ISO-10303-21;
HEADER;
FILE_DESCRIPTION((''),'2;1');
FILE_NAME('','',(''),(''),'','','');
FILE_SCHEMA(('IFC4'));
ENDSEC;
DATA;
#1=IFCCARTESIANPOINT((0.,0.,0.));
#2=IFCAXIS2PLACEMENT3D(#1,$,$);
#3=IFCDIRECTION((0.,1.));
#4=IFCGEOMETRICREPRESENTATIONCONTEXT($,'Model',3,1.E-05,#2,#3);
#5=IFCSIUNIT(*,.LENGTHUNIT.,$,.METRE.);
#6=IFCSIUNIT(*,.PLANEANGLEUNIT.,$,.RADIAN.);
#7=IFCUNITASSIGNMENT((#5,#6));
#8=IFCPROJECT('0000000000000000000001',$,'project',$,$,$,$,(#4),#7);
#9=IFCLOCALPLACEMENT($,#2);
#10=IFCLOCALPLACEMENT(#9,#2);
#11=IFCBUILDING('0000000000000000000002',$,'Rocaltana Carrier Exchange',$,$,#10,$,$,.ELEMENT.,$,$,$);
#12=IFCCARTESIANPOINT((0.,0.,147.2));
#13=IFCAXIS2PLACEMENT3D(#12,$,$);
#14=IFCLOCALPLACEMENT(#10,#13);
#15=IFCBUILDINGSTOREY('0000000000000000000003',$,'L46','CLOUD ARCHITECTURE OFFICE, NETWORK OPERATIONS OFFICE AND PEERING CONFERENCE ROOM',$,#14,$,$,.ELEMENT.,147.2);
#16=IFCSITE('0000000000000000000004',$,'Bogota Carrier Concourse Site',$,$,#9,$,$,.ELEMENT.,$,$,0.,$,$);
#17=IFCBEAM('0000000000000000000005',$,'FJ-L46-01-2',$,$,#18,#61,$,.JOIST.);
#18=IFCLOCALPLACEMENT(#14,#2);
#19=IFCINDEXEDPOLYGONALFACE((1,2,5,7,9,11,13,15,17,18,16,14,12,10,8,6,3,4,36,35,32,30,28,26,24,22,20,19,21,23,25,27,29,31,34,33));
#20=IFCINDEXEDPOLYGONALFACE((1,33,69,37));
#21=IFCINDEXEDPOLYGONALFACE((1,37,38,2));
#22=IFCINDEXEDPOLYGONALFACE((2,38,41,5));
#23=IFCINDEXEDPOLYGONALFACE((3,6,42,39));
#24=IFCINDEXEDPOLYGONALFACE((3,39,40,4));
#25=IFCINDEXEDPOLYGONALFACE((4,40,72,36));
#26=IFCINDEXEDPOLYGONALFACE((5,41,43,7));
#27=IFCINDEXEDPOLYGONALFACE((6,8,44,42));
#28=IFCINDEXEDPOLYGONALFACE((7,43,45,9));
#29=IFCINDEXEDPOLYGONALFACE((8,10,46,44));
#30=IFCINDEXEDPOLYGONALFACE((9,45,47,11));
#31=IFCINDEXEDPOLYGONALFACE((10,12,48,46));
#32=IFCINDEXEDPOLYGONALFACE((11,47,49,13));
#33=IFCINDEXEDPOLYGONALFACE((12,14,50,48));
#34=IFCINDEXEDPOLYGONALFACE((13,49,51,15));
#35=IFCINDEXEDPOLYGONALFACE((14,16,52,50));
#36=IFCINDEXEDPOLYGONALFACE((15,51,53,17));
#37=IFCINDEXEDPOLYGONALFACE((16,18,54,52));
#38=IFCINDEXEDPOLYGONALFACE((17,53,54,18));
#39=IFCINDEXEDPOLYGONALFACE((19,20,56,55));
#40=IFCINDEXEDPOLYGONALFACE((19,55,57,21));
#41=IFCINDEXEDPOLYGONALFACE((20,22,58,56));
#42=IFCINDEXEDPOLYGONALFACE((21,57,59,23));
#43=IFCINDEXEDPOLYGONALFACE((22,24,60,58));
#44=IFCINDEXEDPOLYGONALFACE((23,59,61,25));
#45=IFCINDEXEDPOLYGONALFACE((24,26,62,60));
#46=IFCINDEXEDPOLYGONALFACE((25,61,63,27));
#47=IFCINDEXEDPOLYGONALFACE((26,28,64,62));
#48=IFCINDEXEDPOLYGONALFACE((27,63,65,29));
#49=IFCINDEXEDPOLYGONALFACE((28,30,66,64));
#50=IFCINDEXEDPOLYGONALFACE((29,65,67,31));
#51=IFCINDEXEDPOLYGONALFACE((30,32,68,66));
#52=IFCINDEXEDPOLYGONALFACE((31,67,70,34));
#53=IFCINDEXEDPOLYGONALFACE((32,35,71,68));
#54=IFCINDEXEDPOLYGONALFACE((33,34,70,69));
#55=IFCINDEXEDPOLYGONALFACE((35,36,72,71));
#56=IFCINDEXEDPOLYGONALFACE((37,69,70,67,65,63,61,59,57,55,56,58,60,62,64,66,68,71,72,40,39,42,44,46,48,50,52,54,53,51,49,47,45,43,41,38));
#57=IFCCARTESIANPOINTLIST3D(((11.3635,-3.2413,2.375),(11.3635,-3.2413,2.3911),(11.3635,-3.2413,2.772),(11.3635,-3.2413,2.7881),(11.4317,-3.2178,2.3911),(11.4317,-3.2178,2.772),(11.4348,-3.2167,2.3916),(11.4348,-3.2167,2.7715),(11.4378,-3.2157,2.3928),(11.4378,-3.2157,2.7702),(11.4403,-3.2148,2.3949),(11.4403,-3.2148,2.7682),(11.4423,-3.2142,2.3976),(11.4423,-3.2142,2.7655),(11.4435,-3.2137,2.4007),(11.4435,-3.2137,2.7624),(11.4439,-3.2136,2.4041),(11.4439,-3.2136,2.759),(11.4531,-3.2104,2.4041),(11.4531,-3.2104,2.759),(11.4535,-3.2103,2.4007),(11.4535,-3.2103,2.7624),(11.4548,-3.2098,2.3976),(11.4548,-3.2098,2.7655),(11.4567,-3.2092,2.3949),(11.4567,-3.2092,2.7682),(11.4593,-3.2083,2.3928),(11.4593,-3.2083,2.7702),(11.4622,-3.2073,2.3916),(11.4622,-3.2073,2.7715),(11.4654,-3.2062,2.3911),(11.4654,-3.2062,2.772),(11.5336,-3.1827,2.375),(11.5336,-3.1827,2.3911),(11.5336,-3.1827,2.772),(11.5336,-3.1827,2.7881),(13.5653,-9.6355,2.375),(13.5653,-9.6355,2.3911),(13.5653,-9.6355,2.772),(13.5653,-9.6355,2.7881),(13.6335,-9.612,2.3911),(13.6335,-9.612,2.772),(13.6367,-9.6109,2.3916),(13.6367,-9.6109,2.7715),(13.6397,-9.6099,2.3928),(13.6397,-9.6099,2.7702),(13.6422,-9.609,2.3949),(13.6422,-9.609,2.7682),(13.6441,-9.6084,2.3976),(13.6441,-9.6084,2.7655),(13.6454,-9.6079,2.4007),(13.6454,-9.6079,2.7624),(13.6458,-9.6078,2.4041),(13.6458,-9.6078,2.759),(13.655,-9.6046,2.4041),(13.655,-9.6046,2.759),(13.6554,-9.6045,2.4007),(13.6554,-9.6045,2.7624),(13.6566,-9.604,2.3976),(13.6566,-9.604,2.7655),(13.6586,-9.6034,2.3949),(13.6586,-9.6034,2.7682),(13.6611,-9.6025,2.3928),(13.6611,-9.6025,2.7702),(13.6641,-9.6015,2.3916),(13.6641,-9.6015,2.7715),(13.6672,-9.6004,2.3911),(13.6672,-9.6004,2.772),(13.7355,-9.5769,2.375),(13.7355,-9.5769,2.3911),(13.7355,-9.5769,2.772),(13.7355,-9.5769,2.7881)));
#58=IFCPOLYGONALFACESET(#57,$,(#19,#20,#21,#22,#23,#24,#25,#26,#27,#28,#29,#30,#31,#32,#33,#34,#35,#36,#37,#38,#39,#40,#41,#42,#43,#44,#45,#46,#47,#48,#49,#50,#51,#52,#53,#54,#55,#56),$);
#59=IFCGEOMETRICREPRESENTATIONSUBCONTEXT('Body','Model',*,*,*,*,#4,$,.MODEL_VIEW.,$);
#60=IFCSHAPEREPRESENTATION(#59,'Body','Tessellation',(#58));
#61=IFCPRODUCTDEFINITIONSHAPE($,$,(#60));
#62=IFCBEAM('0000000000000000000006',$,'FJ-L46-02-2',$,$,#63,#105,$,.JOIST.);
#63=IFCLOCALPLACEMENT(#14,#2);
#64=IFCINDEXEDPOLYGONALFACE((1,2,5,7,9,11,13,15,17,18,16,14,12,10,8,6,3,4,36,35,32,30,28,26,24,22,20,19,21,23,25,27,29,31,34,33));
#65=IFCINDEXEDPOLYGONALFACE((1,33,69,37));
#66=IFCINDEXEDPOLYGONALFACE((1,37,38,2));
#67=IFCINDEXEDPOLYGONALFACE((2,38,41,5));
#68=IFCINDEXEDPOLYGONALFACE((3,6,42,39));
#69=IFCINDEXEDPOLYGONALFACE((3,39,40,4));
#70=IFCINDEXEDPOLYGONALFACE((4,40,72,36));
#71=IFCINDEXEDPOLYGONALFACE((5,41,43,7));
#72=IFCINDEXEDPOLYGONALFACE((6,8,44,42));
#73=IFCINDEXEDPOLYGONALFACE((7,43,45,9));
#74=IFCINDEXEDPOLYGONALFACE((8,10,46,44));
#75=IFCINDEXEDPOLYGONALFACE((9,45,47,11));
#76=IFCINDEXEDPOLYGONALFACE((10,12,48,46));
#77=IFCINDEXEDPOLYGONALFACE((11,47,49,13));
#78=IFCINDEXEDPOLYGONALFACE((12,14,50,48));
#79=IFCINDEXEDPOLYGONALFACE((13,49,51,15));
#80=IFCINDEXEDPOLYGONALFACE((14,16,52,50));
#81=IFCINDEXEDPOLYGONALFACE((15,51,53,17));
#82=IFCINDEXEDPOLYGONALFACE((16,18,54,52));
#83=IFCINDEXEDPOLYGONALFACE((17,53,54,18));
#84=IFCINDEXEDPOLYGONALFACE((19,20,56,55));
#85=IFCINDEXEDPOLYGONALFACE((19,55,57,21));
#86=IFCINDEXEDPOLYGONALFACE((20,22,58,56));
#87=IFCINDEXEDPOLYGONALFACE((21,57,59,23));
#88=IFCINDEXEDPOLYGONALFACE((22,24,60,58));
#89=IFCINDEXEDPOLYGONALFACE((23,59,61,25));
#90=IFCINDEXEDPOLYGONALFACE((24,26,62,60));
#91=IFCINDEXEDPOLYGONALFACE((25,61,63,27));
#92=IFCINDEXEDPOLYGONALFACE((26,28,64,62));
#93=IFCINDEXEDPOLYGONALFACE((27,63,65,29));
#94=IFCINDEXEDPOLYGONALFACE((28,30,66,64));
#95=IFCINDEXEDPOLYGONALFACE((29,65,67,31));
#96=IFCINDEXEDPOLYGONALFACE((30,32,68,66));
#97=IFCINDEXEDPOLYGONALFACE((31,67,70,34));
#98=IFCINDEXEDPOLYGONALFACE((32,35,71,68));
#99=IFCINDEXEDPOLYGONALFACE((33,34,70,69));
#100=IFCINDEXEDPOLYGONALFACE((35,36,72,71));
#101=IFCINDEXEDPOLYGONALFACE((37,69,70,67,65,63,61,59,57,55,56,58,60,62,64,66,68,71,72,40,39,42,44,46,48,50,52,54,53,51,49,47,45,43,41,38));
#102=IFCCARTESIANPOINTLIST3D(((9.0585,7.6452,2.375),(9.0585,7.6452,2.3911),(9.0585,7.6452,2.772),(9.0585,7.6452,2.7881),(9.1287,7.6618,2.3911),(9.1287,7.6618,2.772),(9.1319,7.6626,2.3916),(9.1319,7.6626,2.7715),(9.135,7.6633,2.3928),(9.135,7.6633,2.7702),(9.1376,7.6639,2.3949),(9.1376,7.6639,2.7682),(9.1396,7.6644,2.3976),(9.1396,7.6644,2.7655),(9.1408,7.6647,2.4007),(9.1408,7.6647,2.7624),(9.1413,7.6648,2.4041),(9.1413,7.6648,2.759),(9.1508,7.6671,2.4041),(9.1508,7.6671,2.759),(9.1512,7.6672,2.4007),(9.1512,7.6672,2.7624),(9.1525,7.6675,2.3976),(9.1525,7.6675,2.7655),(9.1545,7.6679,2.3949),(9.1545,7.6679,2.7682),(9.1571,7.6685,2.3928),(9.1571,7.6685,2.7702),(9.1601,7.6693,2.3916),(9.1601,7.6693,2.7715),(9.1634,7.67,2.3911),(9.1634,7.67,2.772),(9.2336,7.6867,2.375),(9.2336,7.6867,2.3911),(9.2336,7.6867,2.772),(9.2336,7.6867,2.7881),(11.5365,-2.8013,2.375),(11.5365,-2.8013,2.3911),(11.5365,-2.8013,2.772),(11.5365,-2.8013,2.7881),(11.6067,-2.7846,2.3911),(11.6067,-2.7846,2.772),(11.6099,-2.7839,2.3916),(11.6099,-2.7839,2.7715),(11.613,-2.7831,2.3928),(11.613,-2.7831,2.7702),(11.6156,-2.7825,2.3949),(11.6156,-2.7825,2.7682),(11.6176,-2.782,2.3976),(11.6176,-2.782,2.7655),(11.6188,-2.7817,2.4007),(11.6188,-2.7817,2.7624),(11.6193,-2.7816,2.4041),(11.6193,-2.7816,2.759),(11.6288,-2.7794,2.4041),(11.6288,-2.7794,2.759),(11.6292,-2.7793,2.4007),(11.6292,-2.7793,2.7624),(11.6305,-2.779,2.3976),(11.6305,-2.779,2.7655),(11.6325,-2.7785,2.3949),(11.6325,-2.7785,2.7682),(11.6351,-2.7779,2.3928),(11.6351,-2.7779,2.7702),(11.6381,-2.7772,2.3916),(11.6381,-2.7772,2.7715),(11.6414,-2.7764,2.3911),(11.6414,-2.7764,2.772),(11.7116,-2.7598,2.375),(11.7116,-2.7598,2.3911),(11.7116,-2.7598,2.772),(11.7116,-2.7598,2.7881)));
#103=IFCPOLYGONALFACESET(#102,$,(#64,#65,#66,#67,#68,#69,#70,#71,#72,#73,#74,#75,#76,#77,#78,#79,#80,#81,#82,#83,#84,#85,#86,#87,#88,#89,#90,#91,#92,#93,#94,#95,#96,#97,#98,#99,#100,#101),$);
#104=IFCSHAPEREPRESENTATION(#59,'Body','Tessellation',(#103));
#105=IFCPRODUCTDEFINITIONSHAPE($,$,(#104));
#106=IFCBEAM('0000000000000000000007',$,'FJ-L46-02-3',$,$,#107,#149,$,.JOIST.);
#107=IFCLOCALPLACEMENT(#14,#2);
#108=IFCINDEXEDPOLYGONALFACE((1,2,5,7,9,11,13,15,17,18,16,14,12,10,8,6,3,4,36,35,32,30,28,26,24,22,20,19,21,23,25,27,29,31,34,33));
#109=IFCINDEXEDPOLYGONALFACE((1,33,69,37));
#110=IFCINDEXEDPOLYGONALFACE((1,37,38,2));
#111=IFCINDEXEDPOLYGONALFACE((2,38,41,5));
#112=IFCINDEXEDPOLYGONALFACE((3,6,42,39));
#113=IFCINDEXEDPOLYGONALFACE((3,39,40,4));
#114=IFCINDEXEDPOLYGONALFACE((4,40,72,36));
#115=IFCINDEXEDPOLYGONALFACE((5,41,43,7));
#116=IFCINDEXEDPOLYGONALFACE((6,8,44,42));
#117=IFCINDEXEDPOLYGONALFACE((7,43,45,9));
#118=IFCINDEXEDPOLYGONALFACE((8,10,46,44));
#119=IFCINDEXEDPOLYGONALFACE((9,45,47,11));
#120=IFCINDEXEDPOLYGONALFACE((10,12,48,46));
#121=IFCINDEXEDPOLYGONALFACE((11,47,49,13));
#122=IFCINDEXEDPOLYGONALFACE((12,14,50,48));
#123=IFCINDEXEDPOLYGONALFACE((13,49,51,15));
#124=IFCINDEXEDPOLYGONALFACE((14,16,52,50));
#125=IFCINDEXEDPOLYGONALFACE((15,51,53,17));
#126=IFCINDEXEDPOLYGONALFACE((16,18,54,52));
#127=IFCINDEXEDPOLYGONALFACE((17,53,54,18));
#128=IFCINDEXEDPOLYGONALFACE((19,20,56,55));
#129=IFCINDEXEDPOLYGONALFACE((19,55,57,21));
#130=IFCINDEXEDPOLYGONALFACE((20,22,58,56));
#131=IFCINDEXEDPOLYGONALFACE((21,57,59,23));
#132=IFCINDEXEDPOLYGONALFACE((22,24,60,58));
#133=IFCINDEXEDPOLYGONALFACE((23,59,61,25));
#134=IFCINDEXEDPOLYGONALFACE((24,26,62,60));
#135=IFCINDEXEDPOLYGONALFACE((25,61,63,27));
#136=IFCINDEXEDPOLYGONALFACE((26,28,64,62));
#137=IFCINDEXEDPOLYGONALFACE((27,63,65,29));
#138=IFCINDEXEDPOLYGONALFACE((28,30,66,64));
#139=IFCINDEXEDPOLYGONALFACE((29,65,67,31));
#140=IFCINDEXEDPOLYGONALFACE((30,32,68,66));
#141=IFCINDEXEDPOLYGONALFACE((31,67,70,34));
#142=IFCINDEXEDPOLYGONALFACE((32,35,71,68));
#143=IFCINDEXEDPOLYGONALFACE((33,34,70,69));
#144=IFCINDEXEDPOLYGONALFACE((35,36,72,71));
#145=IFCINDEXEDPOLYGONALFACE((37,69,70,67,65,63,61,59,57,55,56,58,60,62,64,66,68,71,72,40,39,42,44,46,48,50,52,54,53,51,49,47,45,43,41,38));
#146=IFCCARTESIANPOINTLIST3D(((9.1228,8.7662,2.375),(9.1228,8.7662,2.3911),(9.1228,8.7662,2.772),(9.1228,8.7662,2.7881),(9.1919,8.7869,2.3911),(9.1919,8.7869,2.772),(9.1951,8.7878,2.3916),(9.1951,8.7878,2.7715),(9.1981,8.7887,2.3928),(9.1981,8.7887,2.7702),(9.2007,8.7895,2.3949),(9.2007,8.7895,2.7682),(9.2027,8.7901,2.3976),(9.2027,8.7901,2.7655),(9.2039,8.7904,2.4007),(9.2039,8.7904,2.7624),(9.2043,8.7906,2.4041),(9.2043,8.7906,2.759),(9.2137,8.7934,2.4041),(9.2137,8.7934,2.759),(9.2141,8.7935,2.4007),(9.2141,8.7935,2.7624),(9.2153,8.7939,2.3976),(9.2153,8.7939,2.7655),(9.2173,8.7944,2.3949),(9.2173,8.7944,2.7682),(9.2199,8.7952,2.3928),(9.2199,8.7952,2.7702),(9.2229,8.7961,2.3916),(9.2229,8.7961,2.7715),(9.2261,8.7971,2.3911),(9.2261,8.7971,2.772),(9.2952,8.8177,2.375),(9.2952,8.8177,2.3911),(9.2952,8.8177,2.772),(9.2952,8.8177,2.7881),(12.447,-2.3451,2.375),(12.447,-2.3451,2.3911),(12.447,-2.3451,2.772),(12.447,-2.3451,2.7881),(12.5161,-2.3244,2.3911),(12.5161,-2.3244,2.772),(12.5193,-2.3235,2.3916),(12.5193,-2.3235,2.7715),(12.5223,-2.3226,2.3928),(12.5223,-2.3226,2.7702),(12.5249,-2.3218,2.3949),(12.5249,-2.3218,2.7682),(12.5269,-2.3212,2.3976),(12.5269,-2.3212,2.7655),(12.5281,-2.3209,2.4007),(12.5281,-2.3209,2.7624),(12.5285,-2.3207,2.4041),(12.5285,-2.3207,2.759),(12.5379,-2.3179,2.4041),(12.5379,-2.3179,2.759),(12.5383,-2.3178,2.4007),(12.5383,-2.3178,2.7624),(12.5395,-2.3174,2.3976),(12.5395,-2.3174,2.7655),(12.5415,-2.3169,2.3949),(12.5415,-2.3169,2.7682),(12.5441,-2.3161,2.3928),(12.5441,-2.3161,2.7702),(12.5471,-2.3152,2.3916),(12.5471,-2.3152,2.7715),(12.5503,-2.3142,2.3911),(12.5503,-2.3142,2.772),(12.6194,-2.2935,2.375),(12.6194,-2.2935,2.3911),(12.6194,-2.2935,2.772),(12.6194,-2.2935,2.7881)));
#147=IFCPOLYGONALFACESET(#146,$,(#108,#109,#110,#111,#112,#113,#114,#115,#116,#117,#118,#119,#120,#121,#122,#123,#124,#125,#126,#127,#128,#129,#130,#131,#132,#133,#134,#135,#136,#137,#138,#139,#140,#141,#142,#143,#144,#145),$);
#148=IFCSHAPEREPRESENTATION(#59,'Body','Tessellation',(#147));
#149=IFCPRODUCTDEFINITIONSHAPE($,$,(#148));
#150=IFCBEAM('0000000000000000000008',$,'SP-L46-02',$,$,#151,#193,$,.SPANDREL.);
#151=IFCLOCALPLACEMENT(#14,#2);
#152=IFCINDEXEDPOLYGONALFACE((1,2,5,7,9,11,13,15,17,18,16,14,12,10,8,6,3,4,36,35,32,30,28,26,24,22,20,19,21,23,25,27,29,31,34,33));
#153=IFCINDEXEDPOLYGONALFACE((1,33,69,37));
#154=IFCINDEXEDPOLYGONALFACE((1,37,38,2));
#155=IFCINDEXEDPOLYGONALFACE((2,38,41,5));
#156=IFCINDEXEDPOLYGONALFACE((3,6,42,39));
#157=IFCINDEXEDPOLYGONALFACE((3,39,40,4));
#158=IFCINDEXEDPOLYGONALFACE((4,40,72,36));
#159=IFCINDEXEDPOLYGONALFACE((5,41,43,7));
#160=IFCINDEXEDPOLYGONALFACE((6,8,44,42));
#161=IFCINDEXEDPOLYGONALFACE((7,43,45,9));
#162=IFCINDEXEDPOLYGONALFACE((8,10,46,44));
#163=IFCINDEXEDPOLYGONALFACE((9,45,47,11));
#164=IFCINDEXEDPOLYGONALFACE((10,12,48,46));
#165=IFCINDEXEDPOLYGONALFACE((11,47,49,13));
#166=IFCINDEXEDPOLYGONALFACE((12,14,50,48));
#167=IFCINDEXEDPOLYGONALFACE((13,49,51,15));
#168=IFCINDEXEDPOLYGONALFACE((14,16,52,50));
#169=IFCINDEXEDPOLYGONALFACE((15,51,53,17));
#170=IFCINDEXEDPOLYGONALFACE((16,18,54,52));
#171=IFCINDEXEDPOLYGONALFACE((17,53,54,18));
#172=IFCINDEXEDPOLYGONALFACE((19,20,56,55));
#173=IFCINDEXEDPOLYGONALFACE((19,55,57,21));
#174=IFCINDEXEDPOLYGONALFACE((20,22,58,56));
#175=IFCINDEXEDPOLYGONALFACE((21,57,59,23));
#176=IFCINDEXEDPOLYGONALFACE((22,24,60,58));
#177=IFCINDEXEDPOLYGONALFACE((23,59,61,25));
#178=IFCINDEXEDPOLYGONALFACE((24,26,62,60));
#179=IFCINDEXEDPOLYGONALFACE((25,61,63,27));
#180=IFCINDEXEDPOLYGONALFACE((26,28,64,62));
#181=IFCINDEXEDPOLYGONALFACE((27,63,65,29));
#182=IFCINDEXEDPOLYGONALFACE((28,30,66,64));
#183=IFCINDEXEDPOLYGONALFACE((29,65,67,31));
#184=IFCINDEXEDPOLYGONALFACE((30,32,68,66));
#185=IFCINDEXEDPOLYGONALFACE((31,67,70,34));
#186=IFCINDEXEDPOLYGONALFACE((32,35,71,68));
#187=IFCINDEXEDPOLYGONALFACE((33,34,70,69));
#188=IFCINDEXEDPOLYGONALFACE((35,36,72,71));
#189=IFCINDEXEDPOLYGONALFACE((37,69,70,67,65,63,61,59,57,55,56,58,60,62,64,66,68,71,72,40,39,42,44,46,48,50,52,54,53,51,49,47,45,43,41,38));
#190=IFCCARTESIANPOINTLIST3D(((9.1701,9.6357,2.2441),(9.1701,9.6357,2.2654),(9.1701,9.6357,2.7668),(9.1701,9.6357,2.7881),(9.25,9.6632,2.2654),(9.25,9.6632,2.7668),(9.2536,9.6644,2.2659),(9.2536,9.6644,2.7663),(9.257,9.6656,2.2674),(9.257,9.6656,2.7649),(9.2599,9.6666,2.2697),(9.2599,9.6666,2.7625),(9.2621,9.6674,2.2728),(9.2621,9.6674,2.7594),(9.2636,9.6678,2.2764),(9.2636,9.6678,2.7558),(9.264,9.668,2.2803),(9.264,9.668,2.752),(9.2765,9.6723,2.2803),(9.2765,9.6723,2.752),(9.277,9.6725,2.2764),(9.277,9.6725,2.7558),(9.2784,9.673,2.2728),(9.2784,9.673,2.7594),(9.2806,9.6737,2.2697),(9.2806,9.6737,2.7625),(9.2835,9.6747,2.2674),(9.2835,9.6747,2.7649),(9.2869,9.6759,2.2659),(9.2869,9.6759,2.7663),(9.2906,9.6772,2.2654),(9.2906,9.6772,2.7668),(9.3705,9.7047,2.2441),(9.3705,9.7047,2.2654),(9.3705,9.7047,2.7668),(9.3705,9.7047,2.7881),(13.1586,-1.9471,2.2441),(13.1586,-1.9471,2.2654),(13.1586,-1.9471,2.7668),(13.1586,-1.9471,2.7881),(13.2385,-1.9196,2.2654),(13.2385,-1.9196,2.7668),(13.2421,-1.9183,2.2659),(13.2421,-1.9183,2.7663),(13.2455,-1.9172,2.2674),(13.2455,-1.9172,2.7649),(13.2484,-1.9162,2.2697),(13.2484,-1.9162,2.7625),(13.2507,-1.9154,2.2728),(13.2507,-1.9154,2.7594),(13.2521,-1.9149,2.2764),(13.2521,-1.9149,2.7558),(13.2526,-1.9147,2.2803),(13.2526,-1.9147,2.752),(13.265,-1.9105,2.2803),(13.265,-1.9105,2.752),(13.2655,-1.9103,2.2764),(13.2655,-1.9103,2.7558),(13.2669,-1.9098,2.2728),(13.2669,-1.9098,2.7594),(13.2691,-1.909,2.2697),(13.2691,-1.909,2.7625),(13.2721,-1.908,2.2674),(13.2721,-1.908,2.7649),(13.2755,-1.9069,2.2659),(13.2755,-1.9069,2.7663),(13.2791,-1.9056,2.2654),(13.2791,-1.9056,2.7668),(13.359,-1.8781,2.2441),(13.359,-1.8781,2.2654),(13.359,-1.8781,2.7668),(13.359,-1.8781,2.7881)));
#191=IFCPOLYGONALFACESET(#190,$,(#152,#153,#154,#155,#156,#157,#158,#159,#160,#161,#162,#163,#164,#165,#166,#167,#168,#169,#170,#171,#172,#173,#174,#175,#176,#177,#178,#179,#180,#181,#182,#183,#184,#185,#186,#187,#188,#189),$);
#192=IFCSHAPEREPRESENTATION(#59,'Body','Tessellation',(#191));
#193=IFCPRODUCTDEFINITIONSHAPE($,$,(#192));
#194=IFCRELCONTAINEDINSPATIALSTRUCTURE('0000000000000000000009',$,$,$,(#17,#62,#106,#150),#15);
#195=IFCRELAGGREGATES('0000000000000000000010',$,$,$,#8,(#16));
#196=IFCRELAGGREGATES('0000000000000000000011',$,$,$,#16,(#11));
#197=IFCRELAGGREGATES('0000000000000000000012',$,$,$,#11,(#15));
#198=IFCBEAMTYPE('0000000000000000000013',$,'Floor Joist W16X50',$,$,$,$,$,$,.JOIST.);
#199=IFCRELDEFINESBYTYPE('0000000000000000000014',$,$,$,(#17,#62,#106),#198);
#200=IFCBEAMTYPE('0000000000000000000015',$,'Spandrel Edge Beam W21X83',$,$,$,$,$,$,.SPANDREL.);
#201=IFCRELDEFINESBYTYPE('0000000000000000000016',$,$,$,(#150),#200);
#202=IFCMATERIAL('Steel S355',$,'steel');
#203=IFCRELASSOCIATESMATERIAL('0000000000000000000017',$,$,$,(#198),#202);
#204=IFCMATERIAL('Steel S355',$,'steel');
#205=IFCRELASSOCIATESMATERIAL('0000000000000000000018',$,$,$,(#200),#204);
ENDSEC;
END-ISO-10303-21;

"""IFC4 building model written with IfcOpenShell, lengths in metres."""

from ifc_helpers import new_model, si_unit, direction, frame, origin, origin_2d, place, context, subcontext, project, spatial, i_section, extrude, material, material_profile, profile_set, type_object, element, save


model = new_model("IFC4")

# Units and contexts
model_context = context("Model", 3, precision=1e-05, world=origin(), true_north=direction((0.0, 1.0)))
body_context = subcontext(model_context, "Body", "Model", "MODEL_VIEW")
ifc_project = project(units=[si_unit("LENGTHUNIT", "METRE"), si_unit("PLANEANGLEUNIT", "RADIAN")], contexts=[model_context])

# Site, building, storey
site_placement = place(None, origin())
site = spatial("IfcSite", under=ifc_project, at=site_placement, Name="Bogota Carrier Concourse Site", CompositionType="ELEMENT", RefElevation=0.0)
building_placement = place(site_placement, origin())
building = spatial("IfcBuilding", under=site, at=building_placement, Name="Rocaltana Carrier Exchange", CompositionType="ELEMENT")
storey_placement = place(building_placement, frame((0.0, 0.0, 147.2)))
storey = spatial("IfcBuildingStorey", under=building, at=storey_placement, Name="L46", Description="CLOUD ARCHITECTURE OFFICE, NETWORK OPERATIONS OFFICE AND PEERING CONFERENCE ROOM", CompositionType="ELEMENT", Elevation=147.2)

# Beams
ifc_material_1 = material(Name="Steel S355", Category="steel")
ifc_material_profile_1 = material_profile(ifc_material_1, i_section(OverallWidth=0.1799, OverallDepth=0.4131, WebThickness=0.0098, FlangeThickness=0.0161, FilletRadius=0.0129, at=origin_2d()), Name="W16X50")
ifc_profile_set_1 = profile_set([ifc_material_profile_1], Name="Steel S355")
beam_type_1 = type_object("IfcBeamType", Name="Floor Joist W16X50", PredefinedType="JOIST", material=ifc_profile_set_1)
beam_1_placement = place(storey_placement, frame((13.6504, -9.6062, 2.5815), z_axis=(-0.325591, 0.945511, 0.0), x_axis=(-0.945511, -0.325591, 0.0)))
element("IfcBeam", 1, at=beam_1_placement, inside=storey, type_object=beam_type_1, Name="FJ-L46-01-2", PredefinedType="JOIST", context=body_context, shape_type="SweptSolid", body=[
    extrude(i_section(OverallWidth=0.1799, OverallDepth=0.4131, WebThickness=0.0098, FlangeThickness=0.0161, FilletRadius=0.0129, at=origin_2d()), origin(), (0.0, 0.0, 1.0), 6.7627),
])
beam_2_placement = place(storey_placement, frame((11.624, -2.7805, 2.5815), z_axis=(-0.230806, 0.973, 0.0), x_axis=(-0.973, -0.230806, 0.0)))
element("IfcBeam", 2, at=beam_2_placement, inside=storey, type_object=beam_type_1, Name="FJ-L46-02-2", PredefinedType="JOIST", context=body_context, shape_type="SweptSolid", body=[
    extrude(i_section(OverallWidth=0.1799, OverallDepth=0.4131, WebThickness=0.0098, FlangeThickness=0.0161, FilletRadius=0.0129, at=origin_2d()), origin(), (0.0, 0.0, 1.0), 10.7363),
])
beam_3_placement = place(storey_placement, frame((12.5332, -2.3193, 2.5815), z_axis=(-0.286622, 0.958044, 0.0), x_axis=(-0.958044, -0.286622, 0.0)))
element("IfcBeam", 3, at=beam_3_placement, inside=storey, type_object=beam_type_1, Name="FJ-L46-02-3", PredefinedType="JOIST", context=body_context, shape_type="SweptSolid", body=[
    extrude(i_section(OverallWidth=0.1799, OverallDepth=0.4131, WebThickness=0.0098, FlangeThickness=0.0161, FilletRadius=0.0129, at=origin_2d()), origin(), (0.0, 0.0, 1.0), 11.5979),
])
ifc_material_2 = material(Name="Steel S355", Category="steel")
ifc_material_profile_2 = material_profile(ifc_material_2, i_section(OverallWidth=0.2119, OverallDepth=0.5439, WebThickness=0.0132, FlangeThickness=0.0212, FilletRadius=0.0149, at=origin_2d()), Name="W21X83")
ifc_profile_set_2 = profile_set([ifc_material_profile_2], Name="Steel S355")
beam_type_2 = type_object("IfcBeamType", Name="Spandrel Edge Beam W21X83", PredefinedType="SPANDREL", material=ifc_profile_set_2)
beam_4_placement = place(storey_placement, frame((13.2588, -1.9126, 2.5161), z_axis=(-0.325587, 0.945512, 0.0), x_axis=(-0.945512, -0.325587, 0.0)))
element("IfcBeam", 4, at=beam_4_placement, inside=storey, type_object=beam_type_2, Name="SP-L46-02", PredefinedType="SPANDREL", context=body_context, shape_type="SweptSolid", body=[
    extrude(i_section(OverallWidth=0.2119, OverallDepth=0.5439, WebThickness=0.0132, FlangeThickness=0.0212, FilletRadius=0.0149, at=origin_2d()), origin(), (0.0, 0.0, 1.0), 12.2502),
])

save(model, "model.ifc")
